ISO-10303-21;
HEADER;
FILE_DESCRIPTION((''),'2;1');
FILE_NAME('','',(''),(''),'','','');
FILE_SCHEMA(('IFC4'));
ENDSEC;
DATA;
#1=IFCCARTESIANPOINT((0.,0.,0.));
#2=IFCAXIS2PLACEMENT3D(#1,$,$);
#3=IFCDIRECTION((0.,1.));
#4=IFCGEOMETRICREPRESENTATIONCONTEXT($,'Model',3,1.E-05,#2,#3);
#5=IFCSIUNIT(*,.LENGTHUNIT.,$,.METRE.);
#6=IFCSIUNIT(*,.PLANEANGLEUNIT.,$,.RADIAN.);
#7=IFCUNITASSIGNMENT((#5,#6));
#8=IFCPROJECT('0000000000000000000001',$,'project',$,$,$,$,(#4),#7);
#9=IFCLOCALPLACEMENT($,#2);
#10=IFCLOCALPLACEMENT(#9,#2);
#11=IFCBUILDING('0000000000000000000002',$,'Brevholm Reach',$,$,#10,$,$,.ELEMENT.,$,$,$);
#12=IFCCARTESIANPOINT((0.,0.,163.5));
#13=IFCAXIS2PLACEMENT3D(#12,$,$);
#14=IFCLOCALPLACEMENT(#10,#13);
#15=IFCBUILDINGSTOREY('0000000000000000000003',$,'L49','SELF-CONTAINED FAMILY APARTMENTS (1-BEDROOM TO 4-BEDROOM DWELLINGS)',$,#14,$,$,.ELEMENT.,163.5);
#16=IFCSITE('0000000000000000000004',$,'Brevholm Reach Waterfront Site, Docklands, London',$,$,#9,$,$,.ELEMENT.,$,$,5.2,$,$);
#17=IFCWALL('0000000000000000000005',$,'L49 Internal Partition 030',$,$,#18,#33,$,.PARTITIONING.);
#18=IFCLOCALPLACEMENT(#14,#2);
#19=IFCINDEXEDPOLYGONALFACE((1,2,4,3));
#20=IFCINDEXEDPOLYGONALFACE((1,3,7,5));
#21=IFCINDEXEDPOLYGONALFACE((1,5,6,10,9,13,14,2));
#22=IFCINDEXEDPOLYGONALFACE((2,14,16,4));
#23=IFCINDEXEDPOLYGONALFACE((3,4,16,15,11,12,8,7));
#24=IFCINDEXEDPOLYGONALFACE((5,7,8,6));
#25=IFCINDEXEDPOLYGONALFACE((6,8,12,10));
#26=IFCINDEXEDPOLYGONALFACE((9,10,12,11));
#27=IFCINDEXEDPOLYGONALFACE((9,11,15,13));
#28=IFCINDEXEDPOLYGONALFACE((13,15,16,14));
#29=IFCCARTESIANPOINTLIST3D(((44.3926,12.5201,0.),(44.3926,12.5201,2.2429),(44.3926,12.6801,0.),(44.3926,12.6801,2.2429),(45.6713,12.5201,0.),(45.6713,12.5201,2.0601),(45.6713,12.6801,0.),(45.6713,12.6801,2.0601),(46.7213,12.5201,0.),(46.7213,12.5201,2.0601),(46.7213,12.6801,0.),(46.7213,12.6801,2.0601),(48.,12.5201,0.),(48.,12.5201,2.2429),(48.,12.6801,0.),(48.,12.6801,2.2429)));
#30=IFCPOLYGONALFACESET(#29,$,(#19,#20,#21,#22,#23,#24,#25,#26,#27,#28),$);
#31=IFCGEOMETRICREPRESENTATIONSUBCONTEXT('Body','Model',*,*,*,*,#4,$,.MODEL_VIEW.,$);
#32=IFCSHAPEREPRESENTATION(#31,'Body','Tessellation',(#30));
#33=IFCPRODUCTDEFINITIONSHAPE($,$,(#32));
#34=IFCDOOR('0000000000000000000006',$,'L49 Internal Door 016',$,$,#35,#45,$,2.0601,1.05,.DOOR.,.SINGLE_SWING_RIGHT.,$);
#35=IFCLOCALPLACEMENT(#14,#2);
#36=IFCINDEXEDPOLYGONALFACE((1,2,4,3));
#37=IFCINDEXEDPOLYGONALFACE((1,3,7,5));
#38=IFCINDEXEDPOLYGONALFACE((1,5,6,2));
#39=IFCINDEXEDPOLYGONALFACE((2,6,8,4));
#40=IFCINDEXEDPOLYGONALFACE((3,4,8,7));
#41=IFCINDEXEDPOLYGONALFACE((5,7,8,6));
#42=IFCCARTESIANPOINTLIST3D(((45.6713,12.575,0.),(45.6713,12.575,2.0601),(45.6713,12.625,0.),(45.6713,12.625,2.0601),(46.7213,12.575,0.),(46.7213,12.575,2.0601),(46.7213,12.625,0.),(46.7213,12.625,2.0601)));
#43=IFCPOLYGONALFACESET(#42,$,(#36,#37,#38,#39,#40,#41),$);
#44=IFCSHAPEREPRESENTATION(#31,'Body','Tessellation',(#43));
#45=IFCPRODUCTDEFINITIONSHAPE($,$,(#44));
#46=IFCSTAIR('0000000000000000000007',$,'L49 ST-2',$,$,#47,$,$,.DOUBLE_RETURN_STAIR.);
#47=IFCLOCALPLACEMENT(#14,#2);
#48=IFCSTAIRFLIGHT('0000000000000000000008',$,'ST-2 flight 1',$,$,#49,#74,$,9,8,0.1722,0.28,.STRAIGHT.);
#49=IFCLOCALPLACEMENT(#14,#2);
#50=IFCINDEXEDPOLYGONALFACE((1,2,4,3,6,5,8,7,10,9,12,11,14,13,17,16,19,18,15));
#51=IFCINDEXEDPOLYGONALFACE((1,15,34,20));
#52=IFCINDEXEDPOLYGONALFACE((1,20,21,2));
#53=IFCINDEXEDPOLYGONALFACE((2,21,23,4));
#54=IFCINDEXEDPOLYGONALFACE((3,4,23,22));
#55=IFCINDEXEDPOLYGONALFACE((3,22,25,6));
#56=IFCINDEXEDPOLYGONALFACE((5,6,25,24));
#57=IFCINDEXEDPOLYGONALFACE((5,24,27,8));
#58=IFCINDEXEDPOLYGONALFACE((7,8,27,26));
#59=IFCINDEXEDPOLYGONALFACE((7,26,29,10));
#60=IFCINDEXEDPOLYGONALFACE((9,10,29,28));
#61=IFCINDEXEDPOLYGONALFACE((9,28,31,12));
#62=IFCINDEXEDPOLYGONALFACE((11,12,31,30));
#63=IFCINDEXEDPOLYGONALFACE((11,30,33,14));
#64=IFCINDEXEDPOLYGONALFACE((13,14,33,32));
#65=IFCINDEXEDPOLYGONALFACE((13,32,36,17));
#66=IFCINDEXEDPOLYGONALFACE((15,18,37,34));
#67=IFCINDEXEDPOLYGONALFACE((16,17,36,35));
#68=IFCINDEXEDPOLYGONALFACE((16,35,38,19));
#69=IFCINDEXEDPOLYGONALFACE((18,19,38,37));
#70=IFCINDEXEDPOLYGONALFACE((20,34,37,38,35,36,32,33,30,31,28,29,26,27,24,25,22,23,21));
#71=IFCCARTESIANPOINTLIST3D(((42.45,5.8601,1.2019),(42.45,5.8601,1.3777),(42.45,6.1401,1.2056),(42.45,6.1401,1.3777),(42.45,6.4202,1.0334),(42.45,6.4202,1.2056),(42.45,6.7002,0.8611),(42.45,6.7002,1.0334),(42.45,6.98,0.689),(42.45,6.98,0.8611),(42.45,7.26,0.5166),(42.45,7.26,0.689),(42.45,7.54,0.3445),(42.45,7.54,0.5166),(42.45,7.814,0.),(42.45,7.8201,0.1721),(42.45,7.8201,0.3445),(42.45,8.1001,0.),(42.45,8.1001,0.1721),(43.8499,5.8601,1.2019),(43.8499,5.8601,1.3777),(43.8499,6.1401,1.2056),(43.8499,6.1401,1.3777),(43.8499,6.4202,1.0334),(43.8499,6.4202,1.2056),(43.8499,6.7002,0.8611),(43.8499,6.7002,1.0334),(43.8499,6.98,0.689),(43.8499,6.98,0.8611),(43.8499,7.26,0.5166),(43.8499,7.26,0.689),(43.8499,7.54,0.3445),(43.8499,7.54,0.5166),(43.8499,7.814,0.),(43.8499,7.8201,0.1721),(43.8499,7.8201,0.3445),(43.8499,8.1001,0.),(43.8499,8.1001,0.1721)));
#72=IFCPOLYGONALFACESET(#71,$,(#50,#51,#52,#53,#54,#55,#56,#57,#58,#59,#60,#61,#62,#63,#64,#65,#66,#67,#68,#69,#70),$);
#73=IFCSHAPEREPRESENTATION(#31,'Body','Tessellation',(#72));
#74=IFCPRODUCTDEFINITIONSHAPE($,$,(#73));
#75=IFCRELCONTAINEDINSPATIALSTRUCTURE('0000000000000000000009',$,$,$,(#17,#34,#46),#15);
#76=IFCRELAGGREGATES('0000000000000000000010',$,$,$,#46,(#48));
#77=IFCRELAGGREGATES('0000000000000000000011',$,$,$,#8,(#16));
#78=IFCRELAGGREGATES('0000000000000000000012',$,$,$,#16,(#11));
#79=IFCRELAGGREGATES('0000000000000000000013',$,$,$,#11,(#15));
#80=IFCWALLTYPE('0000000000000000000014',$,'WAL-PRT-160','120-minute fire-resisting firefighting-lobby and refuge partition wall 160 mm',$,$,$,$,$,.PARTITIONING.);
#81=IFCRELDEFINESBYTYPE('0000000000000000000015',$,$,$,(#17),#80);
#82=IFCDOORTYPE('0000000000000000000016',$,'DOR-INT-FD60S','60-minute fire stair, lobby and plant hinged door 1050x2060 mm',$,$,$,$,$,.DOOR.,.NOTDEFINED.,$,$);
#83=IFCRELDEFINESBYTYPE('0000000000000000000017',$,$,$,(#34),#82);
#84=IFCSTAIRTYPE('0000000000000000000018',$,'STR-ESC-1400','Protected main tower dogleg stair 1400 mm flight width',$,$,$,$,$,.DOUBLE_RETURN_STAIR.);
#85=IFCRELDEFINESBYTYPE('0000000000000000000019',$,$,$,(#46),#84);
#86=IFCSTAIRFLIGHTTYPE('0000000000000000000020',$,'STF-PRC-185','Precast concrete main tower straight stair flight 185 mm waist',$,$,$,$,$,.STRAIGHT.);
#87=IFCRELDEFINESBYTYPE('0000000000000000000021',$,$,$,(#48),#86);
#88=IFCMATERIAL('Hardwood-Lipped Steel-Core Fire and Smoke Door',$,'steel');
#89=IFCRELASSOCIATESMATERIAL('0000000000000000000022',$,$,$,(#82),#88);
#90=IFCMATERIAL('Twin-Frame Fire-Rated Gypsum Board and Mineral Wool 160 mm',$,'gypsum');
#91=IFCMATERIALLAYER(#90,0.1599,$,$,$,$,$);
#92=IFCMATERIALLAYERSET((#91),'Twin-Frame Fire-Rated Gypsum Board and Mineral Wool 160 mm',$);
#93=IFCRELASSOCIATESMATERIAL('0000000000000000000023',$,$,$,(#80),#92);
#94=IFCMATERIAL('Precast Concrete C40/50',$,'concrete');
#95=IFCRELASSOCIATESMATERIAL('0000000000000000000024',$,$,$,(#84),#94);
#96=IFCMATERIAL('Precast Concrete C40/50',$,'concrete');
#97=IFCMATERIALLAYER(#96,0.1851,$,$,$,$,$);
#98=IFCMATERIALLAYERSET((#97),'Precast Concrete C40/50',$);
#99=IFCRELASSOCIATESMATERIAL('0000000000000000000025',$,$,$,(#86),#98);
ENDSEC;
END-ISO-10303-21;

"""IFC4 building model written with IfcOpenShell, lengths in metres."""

from ifc_helpers import new_model, si_unit, direction, frame, frame_2d, origin, place, context, subcontext, project, spatial, polyline, rectangle, outline, extrude, material, layer, layer_set, type_object, element, fill, aggregate, save


model = new_model("IFC4")

# Units and contexts
model_context = context("Model", 3, precision=1e-05, world=origin(), true_north=direction((0.0, 1.0)))
body_context = subcontext(model_context, "Body", "Model", "MODEL_VIEW")
ifc_project = project(units=[si_unit("LENGTHUNIT", "METRE"), si_unit("PLANEANGLEUNIT", "RADIAN")], contexts=[model_context])

# Site, building, storey
site_placement = place(None, origin())
site = spatial("IfcSite", under=ifc_project, at=site_placement, Name="Brevholm Reach Waterfront Site, Docklands, London", CompositionType="ELEMENT", RefElevation=5.2)
building_placement = place(site_placement, origin())
building = spatial("IfcBuilding", under=site, at=building_placement, Name="Brevholm Reach", CompositionType="ELEMENT")
storey_placement = place(building_placement, frame((0.0, 0.0, 163.5)))
storey = spatial("IfcBuildingStorey", under=building, at=storey_placement, Name="L49", Description="SELF-CONTAINED FAMILY APARTMENTS (1-BEDROOM TO 4-BEDROOM DWELLINGS)", CompositionType="ELEMENT", Elevation=163.5)

# Shared definitions
ifc_material_1 = material(Name="Hardwood-Lipped Steel-Core Fire and Smoke Door", Category="steel")
door_type_1 = type_object("IfcDoorType", Name="DOR-INT-FD60S", Description="60-minute fire stair, lobby and plant hinged door 1050x2060 mm", OperationType="NOTDEFINED", PredefinedType="DOOR", material=ifc_material_1)

# Wall, opening, door
ifc_material_2 = material(Name="Twin-Frame Fire-Rated Gypsum Board and Mineral Wool 160 mm", Category="gypsum")
ifc_layer_1 = layer(ifc_material_2, 0.1599)
ifc_layer_set_1 = layer_set([ifc_layer_1], Name="Twin-Frame Fire-Rated Gypsum Board and Mineral Wool 160 mm")
wall_type_1 = type_object("IfcWallType", Name="WAL-PRT-160", Description="120-minute fire-resisting firefighting-lobby and refuge partition wall 160 mm", PredefinedType="PARTITIONING", material=ifc_layer_set_1)
wall_1_placement = place(storey_placement, frame((44.3926, 12.6001, 0.0), z_axis=(0.0, 0.0, 1.0), x_axis=(1.0, 0.0, 0.0)))
wall_1 = element("IfcWall", 1, at=wall_1_placement, inside=storey, type_object=wall_type_1, Name="L49 Internal Partition 030", PredefinedType="PARTITIONING", context=body_context, shape_type="SweptSolid", body=[
    extrude(rectangle(XDim=3.6074, YDim=0.1599, at=frame_2d((1.8037, 0.0))), origin(), (0.0, 0.0, 1.0), 2.2429),
])
opening_1_placement = place(wall_1_placement, frame((1.2788, 0.0, 0.0)))
opening_1 = element("IfcOpeningElement", 2, at=opening_1_placement, cuts=wall_1, PredefinedType="OPENING", context=body_context, shape_type="SweptSolid", body=[
    extrude(rectangle(XDim=1.05, YDim=2.0601, at=frame_2d((0.5249, 1.03))), frame((0.0, 0.0898, 0.0), z_axis=(0.0, -1.0, 0.0), x_axis=(1.0, 0.0, 0.0)), (0.0, 0.0, 1.0), 0.1799),
])
door_1_placement = place(opening_1_placement, origin())
door_1 = element("IfcDoor", 3, at=door_1_placement, inside=storey, type_object=door_type_1, Name="L49 Internal Door 016", OperationType="SINGLE_SWING_RIGHT", OverallHeight=2.0601, OverallWidth=1.05, PredefinedType="DOOR", context=body_context, shape_type="SweptSolid", body=[
    extrude(rectangle(XDim=1.05, YDim=2.0601, at=frame_2d((0.5249, 1.03))), frame((0.0, 0.0249, 0.0), z_axis=(0.0, -1.0, 0.0), x_axis=(1.0, 0.0, 0.0)), (0.0, 0.0, 1.0), 0.05),
])
fill(opening_1, door_1)

# Stair, stair flight
ifc_material_3 = material(Name="Precast Concrete C40/50", Category="concrete")
stair_type = type_object("IfcStairType", Name="STR-ESC-1400", Description="Protected main tower dogleg stair 1400 mm flight width", PredefinedType="DOUBLE_RETURN_STAIR", material=ifc_material_3)
stair_placement = place(storey_placement, origin())
stair = element("IfcStair", 4, at=stair_placement, inside=storey, type_object=stair_type, Name="L49 ST-2", PredefinedType="DOUBLE_RETURN_STAIR")
ifc_material_4 = material(Name="Precast Concrete C40/50", Category="concrete")
ifc_layer_2 = layer(ifc_material_4, 0.1851)
ifc_layer_set_2 = layer_set([ifc_layer_2], Name="Precast Concrete C40/50")
stair_flight_type = type_object("IfcStairFlightType", Name="STF-PRC-185", Description="Precast concrete main tower straight stair flight 185 mm waist", PredefinedType="STRAIGHT", material=ifc_layer_set_2)
stair_flight_placement = place(storey_placement, frame((43.1499, 8.1001, 0.0), z_axis=(0.0, 0.0, 1.0), x_axis=(0.0, -1.0, 0.0)))
stair_flight = element("IfcStairFlight", 5, at=stair_flight_placement, type_object=stair_flight_type, Name="ST-2 flight 1", NumberOfRisers=9, NumberOfTreads=8, PredefinedType="STRAIGHT", RiserHeight=0.1722, TreadLength=0.28, context=body_context, shape_type="SweptSolid", body=[
    extrude(outline(polyline([(0.0, 0.0), (0.0, 0.1721), (0.28, 0.1721), (0.28, 0.3445), (0.5601, 0.3445), (0.5601, 0.5166), (0.8401, 0.5166), (0.8401, 0.689), (1.1201, 0.689), (1.1201, 0.8611), (1.3999, 0.8611), (1.3999, 1.0334), (1.6799, 1.0334), (1.6799, 1.2056), (1.96, 1.2056), (1.96, 1.3777), (2.24, 1.3777), (2.24, 1.55), (2.24, 1.2019), (0.2861, 0.0), (0.0, 0.0)])), frame((0.0, 0.7, 0.0), z_axis=(0.0, -1.0, 0.0), x_axis=(1.0, 0.0, 0.0)), (0.0, 0.0, 1.0), 1.3999),
])
aggregate(stair, [stair_flight])

save(model, "model.ifc")
